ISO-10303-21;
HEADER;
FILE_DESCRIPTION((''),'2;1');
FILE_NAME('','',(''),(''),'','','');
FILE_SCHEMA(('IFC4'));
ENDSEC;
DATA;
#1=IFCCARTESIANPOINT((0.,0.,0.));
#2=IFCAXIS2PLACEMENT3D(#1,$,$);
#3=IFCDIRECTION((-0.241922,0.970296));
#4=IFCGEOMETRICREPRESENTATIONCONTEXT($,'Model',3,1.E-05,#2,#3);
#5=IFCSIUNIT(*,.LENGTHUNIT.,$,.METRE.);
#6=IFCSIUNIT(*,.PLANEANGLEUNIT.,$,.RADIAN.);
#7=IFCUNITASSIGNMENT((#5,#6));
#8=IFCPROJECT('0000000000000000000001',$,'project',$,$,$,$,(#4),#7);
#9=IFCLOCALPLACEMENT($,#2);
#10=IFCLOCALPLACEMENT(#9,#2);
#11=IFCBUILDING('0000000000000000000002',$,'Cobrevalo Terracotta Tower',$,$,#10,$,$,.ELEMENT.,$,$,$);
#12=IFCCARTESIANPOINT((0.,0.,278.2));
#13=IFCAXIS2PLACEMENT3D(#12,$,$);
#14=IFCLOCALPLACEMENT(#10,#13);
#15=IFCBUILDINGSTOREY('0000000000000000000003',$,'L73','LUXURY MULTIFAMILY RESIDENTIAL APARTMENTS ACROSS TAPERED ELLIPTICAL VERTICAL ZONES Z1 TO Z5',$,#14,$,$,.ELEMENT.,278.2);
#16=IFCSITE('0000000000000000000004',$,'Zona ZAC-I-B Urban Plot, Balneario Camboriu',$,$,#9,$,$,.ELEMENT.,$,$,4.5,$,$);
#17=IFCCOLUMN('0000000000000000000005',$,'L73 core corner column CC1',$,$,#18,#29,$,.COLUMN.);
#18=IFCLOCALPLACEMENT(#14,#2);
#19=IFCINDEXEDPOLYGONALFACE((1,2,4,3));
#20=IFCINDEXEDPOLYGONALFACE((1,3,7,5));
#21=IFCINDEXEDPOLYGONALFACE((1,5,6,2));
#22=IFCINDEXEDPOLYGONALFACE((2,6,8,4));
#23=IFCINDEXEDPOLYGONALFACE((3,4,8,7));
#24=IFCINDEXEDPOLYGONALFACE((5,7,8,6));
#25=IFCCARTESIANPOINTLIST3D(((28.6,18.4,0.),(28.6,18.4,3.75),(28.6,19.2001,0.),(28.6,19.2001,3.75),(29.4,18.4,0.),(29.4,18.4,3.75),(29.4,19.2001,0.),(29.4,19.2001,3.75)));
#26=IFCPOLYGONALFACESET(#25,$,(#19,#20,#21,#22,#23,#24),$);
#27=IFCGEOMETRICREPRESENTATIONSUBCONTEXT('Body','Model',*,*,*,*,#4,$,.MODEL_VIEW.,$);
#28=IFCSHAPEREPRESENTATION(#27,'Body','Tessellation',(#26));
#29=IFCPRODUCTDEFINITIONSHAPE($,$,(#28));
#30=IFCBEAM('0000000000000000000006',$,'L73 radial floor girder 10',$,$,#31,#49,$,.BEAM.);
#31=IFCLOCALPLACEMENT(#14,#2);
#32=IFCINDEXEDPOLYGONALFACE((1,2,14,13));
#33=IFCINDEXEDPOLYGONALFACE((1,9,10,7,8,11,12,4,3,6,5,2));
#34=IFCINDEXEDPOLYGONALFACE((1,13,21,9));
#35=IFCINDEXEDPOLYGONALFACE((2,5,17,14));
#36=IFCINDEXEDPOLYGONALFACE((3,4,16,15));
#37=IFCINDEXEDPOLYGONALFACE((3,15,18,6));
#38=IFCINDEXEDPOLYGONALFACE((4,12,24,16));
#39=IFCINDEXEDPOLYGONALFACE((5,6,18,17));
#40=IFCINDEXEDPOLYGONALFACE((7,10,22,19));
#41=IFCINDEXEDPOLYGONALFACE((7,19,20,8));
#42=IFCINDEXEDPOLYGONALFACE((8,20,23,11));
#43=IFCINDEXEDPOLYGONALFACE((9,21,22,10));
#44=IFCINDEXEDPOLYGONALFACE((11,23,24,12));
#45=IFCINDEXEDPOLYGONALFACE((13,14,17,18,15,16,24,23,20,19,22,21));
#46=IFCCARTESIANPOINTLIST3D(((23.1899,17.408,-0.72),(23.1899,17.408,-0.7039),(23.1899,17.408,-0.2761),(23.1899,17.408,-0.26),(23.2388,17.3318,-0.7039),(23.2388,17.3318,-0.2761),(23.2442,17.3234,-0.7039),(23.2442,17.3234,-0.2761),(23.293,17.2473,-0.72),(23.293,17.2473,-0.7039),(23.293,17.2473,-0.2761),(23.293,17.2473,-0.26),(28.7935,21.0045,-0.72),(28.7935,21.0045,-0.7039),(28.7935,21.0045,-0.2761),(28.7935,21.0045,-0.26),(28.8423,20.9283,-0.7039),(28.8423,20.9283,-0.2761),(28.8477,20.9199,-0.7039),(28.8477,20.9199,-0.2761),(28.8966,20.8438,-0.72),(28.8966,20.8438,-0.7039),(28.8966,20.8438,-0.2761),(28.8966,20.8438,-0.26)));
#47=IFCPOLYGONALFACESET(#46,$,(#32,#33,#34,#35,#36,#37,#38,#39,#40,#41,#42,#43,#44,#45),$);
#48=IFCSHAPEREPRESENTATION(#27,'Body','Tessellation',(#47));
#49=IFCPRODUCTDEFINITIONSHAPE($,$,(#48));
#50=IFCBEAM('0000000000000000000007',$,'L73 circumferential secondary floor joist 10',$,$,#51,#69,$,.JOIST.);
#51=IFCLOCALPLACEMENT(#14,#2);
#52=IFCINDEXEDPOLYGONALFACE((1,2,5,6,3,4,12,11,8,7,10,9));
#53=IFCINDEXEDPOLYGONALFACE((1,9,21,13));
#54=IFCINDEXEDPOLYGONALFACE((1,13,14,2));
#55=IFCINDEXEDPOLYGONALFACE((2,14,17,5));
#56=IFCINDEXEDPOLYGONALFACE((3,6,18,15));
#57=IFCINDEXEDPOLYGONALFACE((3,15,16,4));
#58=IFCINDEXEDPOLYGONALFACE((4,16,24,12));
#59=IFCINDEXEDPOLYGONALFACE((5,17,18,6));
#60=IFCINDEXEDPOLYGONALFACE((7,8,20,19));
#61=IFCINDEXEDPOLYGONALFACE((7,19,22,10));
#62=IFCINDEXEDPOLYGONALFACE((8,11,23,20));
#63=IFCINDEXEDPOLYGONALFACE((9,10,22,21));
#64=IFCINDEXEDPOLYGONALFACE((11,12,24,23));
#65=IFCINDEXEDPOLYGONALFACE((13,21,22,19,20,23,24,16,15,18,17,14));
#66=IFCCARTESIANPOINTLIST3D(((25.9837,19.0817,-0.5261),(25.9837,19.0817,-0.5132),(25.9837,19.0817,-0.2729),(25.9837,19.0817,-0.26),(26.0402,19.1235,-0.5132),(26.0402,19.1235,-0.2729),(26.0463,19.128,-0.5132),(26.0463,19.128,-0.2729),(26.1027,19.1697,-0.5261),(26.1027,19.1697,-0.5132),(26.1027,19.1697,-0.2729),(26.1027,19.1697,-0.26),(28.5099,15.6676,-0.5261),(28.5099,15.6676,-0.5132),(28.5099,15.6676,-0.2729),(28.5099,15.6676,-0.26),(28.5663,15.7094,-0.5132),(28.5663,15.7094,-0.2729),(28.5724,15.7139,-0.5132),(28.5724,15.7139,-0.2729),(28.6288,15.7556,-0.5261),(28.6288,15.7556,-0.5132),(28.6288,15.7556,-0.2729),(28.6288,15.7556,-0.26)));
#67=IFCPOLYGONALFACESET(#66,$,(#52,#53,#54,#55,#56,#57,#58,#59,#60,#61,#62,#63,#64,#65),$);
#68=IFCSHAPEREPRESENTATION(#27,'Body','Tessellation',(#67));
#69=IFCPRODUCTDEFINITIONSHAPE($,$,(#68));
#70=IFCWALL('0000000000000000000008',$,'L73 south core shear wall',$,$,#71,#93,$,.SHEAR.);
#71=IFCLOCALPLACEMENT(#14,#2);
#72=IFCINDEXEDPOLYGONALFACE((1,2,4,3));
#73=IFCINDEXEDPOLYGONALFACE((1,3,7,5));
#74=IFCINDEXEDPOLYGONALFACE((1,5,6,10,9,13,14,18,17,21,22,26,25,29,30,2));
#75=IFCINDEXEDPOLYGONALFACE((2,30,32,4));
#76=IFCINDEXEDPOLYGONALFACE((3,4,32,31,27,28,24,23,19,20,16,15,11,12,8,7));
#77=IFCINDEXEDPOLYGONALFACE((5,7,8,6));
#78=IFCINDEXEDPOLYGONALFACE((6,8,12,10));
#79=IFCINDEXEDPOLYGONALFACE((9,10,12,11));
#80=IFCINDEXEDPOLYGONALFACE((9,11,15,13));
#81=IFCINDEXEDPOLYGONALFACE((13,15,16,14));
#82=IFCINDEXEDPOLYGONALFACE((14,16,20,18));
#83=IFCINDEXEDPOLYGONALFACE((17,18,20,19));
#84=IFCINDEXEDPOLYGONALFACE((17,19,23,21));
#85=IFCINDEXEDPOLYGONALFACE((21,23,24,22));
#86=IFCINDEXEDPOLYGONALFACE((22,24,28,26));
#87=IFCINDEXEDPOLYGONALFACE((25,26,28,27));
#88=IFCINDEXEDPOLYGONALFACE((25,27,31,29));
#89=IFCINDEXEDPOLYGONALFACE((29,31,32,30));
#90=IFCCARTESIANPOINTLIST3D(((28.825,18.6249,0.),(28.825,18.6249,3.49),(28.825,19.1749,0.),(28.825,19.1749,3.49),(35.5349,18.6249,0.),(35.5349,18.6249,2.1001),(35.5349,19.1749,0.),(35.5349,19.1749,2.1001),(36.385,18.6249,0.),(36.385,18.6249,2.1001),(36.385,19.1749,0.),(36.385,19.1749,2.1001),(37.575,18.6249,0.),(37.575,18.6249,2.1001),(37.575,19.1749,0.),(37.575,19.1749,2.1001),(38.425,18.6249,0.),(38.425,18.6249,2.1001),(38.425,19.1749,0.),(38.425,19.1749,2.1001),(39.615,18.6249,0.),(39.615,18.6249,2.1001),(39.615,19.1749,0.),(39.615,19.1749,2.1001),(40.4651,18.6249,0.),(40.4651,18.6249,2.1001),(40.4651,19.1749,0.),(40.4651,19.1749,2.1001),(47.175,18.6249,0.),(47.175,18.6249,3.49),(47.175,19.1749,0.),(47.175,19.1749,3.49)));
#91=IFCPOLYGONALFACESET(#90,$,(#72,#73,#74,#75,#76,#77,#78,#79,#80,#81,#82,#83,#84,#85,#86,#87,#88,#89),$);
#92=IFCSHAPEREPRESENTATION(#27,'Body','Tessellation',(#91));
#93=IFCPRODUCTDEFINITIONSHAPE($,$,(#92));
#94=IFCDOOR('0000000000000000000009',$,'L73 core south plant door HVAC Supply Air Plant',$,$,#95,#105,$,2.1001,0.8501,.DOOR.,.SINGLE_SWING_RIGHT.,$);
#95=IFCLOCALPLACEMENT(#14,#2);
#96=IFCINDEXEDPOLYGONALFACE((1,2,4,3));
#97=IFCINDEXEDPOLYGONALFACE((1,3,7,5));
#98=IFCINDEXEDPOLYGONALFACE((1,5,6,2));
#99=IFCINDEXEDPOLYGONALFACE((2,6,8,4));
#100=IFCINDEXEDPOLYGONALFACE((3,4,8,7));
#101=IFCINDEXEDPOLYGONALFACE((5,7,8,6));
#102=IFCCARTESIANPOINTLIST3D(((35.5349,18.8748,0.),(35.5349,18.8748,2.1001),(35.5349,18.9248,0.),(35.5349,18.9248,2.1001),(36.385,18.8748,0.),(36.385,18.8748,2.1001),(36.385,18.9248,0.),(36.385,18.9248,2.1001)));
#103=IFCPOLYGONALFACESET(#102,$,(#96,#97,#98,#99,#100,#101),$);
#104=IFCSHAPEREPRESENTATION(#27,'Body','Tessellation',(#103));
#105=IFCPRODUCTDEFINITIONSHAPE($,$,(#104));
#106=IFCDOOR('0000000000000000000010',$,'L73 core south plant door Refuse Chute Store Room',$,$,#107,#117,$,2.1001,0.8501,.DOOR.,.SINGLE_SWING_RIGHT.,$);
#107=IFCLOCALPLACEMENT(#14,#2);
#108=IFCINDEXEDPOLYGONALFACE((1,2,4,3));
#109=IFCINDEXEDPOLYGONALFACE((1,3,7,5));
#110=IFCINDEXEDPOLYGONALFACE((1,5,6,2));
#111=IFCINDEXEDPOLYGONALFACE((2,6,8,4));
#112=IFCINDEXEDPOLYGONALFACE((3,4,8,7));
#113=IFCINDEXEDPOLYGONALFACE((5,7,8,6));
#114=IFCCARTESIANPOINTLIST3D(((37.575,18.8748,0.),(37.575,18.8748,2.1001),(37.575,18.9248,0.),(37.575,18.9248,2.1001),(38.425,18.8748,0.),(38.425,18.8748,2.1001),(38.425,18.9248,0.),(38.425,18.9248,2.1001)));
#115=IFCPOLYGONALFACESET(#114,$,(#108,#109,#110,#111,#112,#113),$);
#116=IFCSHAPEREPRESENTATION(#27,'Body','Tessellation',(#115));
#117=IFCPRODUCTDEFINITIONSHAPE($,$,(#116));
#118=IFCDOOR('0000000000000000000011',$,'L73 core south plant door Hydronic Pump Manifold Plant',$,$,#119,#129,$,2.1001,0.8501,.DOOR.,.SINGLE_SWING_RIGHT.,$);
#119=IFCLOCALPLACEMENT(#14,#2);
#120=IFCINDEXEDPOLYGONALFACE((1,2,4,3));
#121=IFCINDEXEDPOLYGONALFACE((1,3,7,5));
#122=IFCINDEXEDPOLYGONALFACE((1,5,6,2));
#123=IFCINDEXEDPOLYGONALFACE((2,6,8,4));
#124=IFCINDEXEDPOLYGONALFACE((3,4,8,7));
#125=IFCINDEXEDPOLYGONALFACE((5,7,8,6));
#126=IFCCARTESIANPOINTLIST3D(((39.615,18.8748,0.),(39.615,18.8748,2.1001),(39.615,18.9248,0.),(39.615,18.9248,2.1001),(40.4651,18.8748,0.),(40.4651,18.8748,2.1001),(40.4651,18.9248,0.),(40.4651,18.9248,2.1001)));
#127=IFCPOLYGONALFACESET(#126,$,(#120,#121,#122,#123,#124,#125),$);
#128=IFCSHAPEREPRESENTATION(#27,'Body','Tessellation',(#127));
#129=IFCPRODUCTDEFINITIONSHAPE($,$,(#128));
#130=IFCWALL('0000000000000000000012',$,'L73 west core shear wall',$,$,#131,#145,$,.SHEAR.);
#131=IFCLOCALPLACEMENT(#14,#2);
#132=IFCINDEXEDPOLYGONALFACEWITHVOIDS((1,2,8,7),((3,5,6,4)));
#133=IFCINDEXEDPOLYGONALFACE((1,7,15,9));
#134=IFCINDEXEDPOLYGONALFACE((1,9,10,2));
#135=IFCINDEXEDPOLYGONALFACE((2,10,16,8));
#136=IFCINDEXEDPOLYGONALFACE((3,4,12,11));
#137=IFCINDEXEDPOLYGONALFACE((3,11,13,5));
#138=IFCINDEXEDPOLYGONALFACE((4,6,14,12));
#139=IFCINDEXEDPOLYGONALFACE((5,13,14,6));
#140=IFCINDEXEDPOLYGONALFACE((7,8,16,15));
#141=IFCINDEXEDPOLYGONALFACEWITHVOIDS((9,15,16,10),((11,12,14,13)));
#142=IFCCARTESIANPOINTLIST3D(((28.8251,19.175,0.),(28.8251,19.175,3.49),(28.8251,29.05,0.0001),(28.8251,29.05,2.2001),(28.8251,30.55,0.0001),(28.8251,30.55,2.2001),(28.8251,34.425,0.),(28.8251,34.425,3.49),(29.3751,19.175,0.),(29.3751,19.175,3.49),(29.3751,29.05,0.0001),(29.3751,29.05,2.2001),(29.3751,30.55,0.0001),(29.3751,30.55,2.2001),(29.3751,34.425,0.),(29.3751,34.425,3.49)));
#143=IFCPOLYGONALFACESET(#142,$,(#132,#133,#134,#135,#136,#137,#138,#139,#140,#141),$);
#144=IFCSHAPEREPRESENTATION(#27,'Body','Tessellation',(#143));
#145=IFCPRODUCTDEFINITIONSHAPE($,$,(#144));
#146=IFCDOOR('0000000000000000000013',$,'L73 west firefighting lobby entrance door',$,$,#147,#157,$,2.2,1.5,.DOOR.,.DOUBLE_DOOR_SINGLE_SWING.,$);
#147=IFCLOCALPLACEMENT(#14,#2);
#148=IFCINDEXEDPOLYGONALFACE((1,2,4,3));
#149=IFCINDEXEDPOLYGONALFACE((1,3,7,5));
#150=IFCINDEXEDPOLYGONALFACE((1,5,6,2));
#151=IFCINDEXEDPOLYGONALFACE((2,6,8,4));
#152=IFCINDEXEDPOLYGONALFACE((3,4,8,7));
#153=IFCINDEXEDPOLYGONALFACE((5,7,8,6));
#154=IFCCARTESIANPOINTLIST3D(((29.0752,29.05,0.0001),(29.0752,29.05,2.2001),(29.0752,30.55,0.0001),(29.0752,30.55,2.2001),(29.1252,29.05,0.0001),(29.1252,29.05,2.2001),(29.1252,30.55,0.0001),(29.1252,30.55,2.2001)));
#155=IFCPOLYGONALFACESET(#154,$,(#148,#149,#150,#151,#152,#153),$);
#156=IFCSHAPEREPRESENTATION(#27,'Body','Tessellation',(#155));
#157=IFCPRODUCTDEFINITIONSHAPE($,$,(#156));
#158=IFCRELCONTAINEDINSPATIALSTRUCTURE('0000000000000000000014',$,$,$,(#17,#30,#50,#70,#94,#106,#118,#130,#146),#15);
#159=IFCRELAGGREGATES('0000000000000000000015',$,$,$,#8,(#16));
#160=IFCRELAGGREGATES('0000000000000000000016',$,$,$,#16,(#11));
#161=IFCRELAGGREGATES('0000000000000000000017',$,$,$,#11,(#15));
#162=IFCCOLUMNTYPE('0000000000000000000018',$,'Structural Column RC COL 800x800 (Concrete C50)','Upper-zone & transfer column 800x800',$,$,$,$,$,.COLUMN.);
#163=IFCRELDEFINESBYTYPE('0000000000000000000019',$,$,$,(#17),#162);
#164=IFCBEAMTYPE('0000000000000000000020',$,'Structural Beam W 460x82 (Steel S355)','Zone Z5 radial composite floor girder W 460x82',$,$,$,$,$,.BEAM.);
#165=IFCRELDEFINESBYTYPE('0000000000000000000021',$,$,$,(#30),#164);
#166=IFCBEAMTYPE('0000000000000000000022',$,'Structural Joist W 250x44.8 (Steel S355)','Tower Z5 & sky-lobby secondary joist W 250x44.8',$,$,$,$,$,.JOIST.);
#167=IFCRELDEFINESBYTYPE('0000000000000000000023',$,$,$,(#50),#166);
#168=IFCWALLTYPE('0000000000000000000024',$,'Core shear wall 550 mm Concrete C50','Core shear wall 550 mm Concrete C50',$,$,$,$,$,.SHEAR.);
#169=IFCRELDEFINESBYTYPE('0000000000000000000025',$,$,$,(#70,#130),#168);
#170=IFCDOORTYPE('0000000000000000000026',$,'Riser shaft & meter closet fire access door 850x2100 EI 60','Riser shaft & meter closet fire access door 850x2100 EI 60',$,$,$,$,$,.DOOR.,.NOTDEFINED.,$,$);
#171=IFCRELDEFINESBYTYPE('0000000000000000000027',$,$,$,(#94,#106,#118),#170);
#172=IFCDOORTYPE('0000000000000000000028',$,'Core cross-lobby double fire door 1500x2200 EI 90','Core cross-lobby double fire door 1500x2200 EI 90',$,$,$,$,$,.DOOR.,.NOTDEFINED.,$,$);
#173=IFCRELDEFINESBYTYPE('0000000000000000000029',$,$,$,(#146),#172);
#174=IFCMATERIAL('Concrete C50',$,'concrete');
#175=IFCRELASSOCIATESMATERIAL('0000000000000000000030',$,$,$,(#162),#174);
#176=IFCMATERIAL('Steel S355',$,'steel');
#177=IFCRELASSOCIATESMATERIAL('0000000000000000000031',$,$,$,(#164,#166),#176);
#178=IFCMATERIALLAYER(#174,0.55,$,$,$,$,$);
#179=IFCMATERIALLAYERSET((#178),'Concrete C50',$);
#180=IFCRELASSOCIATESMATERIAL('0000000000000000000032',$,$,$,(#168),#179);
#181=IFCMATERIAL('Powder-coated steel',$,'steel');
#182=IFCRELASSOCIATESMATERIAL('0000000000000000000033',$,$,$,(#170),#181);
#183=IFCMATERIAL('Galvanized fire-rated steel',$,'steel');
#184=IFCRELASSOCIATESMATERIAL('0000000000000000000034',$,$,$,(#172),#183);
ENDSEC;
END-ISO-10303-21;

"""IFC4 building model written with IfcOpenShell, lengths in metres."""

from ifc_helpers import new_model, si_unit, direction, frame, frame_2d, origin, origin_2d, place, context, subcontext, project, spatial, rectangle, i_section, extrude, source, transform, mapped, material, layer, layer_set, material_profile, profile_set, type_object, element, fill, save


model = new_model("IFC4")

# Units and contexts
model_context = context("Model", 3, precision=1e-05, world=origin(), true_north=direction((-0.241922, 0.970296)))
body_context = subcontext(model_context, "Body", "Model", "MODEL_VIEW")
ifc_project = project(units=[si_unit("LENGTHUNIT", "METRE"), si_unit("PLANEANGLEUNIT", "RADIAN")], contexts=[model_context])

# Site, building, storey
site_placement = place(None, origin())
site = spatial("IfcSite", under=ifc_project, at=site_placement, Name="Zona ZAC-I-B Urban Plot, Balneario Camboriu", CompositionType="ELEMENT", RefElevation=4.5)
building_placement = place(site_placement, origin())
building = spatial("IfcBuilding", under=site, at=building_placement, Name="Cobrevalo Terracotta Tower", CompositionType="ELEMENT")
storey_placement = place(building_placement, frame((0.0, 0.0, 278.2)))
storey = spatial("IfcBuildingStorey", under=building, at=storey_placement, Name="L73", Description="LUXURY MULTIFAMILY RESIDENTIAL APARTMENTS ACROSS TAPERED ELLIPTICAL VERTICAL ZONES Z1 TO Z5", CompositionType="ELEMENT", Elevation=278.2)

# Column
ifc_material_1 = material(Name="Concrete C50", Category="concrete")
ifc_material_profile_1 = material_profile(ifc_material_1, rectangle(XDim=0.8, YDim=0.8, at=origin_2d()), Name="RC COL 800x800")
ifc_profile_set_1 = profile_set([ifc_material_profile_1], Name="Concrete C50")
column_type = type_object("IfcColumnType", Name="Structural Column RC COL 800x800 (Concrete C50)", Description="Upper-zone & transfer column 800x800", PredefinedType="COLUMN", material=ifc_profile_set_1)
column_placement = place(storey_placement, frame((29.0, 18.8, 0.0), z_axis=(0.0, 0.0, 1.0), x_axis=(1.0, 0.0, 0.0)))
element("IfcColumn", 1, at=column_placement, inside=storey, type_object=column_type, Name="L73 core corner column CC1", PredefinedType="COLUMN", context=body_context, shape_type="SweptSolid", body=[
    extrude(rectangle(XDim=0.8, YDim=0.8, at=origin_2d()), origin(), (0.0, 0.0, 1.0), 3.75),
])

# Beams
ifc_material_2 = material(Name="Steel S355", Category="steel")
ifc_material_profile_2 = material_profile(ifc_material_2, i_section(OverallWidth=0.1909, OverallDepth=0.46, WebThickness=0.01, FlangeThickness=0.0161, at=origin_2d()), Name="W 460x82")
ifc_profile_set_2 = profile_set([ifc_material_profile_2], Name="Steel S355")
beam_type_1 = type_object("IfcBeamType", Name="Structural Beam W 460x82 (Steel S355)", Description="Zone Z5 radial composite floor girder W 460x82", PredefinedType="BEAM", material=ifc_profile_set_2)
beam_1_placement = place(storey_placement, frame((23.2415, 17.3276, -0.49), z_axis=(0.841576, 0.540138, 0.0), x_axis=(-0.540138, 0.841576, 0.0)))
element("IfcBeam", 2, at=beam_1_placement, inside=storey, type_object=beam_type_1, Name="L73 radial floor girder 10", PredefinedType="BEAM", context=body_context, shape_type="SweptSolid", body=[
    extrude(i_section(OverallWidth=0.1909, OverallDepth=0.46, WebThickness=0.01, FlangeThickness=0.0161, at=origin_2d()), origin(), (0.0, 0.0, 1.0), 6.6584),
])
ifc_material_profile_3 = material_profile(ifc_material_2, i_section(OverallWidth=0.1479, OverallDepth=0.2661, WebThickness=0.0076, FlangeThickness=0.0129, at=origin_2d()), Name="W 250x44.8")
ifc_profile_set_3 = profile_set([ifc_material_profile_3], Name="Steel S355")
beam_type_2 = type_object("IfcBeamType", Name="Structural Joist W 250x44.8 (Steel S355)", Description="Tower Z5 & sky-lobby secondary joist W 250x44.8", PredefinedType="JOIST", material=ifc_profile_set_3)
beam_2_placement = place(storey_placement, frame((26.0432, 19.1257, -0.3931), z_axis=(0.5948, -0.803874, 0.0), x_axis=(0.803874, 0.5948, 0.0)))
element("IfcBeam", 3, at=beam_2_placement, inside=storey, type_object=beam_type_2, Name="L73 circumferential secondary floor joist 10", PredefinedType="JOIST", context=body_context, shape_type="SweptSolid", body=[
    extrude(i_section(OverallWidth=0.1479, OverallDepth=0.2661, WebThickness=0.0076, FlangeThickness=0.0129, at=origin_2d()), origin(), (0.0, 0.0, 1.0), 4.2471),
])

# Wall, openings, doors
ifc_layer_1 = layer(ifc_material_1, 0.55)
ifc_layer_set_1 = layer_set([ifc_layer_1], Name="Concrete C50")
wall_type_1 = type_object("IfcWallType", Name="Core shear wall 550 mm Concrete C50", Description="Core shear wall 550 mm Concrete C50", PredefinedType="SHEAR", material=ifc_layer_set_1)
wall_1_placement = place(storey_placement, frame((28.825, 18.8999, 0.0), z_axis=(0.0, 0.0, 1.0), x_axis=(1.0, 0.0, 0.0)))
wall_1 = element("IfcWall", 4, at=wall_1_placement, inside=storey, type_object=wall_type_1, Name="L73 south core shear wall", PredefinedType="SHEAR", context=body_context, shape_type="SweptSolid", body=[
    extrude(rectangle(XDim=18.3501, YDim=0.55, at=frame_2d((9.175, 0.0))), origin(), (0.0, 0.0, 1.0), 3.49),
])
opening_1_placement = place(wall_1_placement, frame((6.71, 0.0, 0.0)))
opening_1 = element("IfcOpeningElement", 5, at=opening_1_placement, cuts=wall_1, PredefinedType="OPENING", context=body_context, shape_type="SweptSolid", body=[
    extrude(rectangle(XDim=0.8501, YDim=2.1001, at=frame_2d((0.425, 1.05))), frame((0.0, 0.2852, 0.0), z_axis=(0.0, -1.0, 0.0), x_axis=(1.0, 0.0, 0.0)), (0.0, 0.0, 1.0), 0.5701),
])
opening_2_placement = place(wall_1_placement, frame((8.75, 0.0, 0.0)))
opening_2 = element("IfcOpeningElement", 6, at=opening_2_placement, cuts=wall_1, PredefinedType="OPENING", context=body_context, shape_type="SweptSolid", body=[
    extrude(rectangle(XDim=0.8501, YDim=2.1001, at=frame_2d((0.425, 1.05))), frame((0.0, 0.2852, 0.0), z_axis=(0.0, -1.0, 0.0), x_axis=(1.0, 0.0, 0.0)), (0.0, 0.0, 1.0), 0.5701),
])
opening_3_placement = place(wall_1_placement, frame((10.79, 0.0, 0.0)))
opening_3 = element("IfcOpeningElement", 7, at=opening_3_placement, cuts=wall_1, PredefinedType="OPENING", context=body_context, shape_type="SweptSolid", body=[
    extrude(rectangle(XDim=0.8501, YDim=2.1001, at=frame_2d((0.425, 1.05))), frame((0.0, 0.2852, 0.0), z_axis=(0.0, -1.0, 0.0), x_axis=(1.0, 0.0, 0.0)), (0.0, 0.0, 1.0), 0.5701),
])
ifc_material_3 = material(Name="Powder-coated steel", Category="steel")
door_type_1 = type_object("IfcDoorType", Name="Riser shaft & meter closet fire access door 850x2100 EI 60", Description="Riser shaft & meter closet fire access door 850x2100 EI 60", OperationType="NOTDEFINED", PredefinedType="DOOR", material=ifc_material_3)
shared_shape_1 = source(origin(), body_context, "Body", "SweptSolid", [
    extrude(rectangle(XDim=0.8501, YDim=2.1001, at=frame_2d((0.425, 1.05))), frame((0.0, 0.0249, 0.0), z_axis=(0.0, -1.0, 0.0), x_axis=(1.0, 0.0, 0.0)), (0.0, 0.0, 1.0), 0.05),
])
door_1_placement = place(opening_1_placement, origin())
door_1 = element("IfcDoor", 8, at=door_1_placement, inside=storey, type_object=door_type_1, Name="L73 core south plant door HVAC Supply Air Plant", OperationType="SINGLE_SWING_RIGHT", OverallHeight=2.1001, OverallWidth=0.8501, PredefinedType="DOOR", context=body_context, shape_type="MappedRepresentation", body=[
    mapped(shared_shape_1, transform((0.0, 0.0, 0.0), scale=1.0)),
])
fill(opening_1, door_1)
door_2_placement = place(opening_2_placement, origin())
door_2 = element("IfcDoor", 9, at=door_2_placement, inside=storey, type_object=door_type_1, Name="L73 core south plant door Refuse Chute Store Room", OperationType="SINGLE_SWING_RIGHT", OverallHeight=2.1001, OverallWidth=0.8501, PredefinedType="DOOR", context=body_context, shape_type="MappedRepresentation", body=[
    mapped(shared_shape_1, transform((0.0, 0.0, 0.0), scale=1.0)),
])
fill(opening_2, door_2)
door_3_placement = place(opening_3_placement, origin())
door_3 = element("IfcDoor", 10, at=door_3_placement, inside=storey, type_object=door_type_1, Name="L73 core south plant door Hydronic Pump Manifold Plant", OperationType="SINGLE_SWING_RIGHT", OverallHeight=2.1001, OverallWidth=0.8501, PredefinedType="DOOR", context=body_context, shape_type="MappedRepresentation", body=[
    mapped(shared_shape_1, transform((0.0, 0.0, 0.0), scale=1.0)),
])
fill(opening_3, door_3)

# Wall, opening, door
wall_2_placement = place(storey_placement, frame((29.1001, 19.175, 0.0), z_axis=(0.0, 0.0, 1.0), x_axis=(0.0, 1.0, 0.0)))
wall_2 = element("IfcWall", 11, at=wall_2_placement, inside=storey, type_object=wall_type_1, Name="L73 west core shear wall", PredefinedType="SHEAR", context=body_context, shape_type="SweptSolid", body=[
    extrude(rectangle(XDim=15.25, YDim=0.55, at=frame_2d((7.625, 0.0))), origin(), (0.0, 0.0, 1.0), 3.49),
])
opening_4_placement = place(wall_2_placement, frame((9.875, 0.0, 0.0)))
opening_4 = element("IfcOpeningElement", 12, at=opening_4_placement, cuts=wall_2, PredefinedType="OPENING", context=body_context, shape_type="SweptSolid", body=[
    extrude(rectangle(XDim=1.5, YDim=2.2, at=frame_2d((0.75, 1.1001))), frame((0.0, 0.2852, 0.0), z_axis=(0.0, -1.0, 0.0), x_axis=(1.0, 0.0, 0.0)), (0.0, 0.0, 1.0), 0.5701),
])
ifc_material_4 = material(Name="Galvanized fire-rated steel", Category="steel")
door_type_2 = type_object("IfcDoorType", Name="Core cross-lobby double fire door 1500x2200 EI 90", Description="Core cross-lobby double fire door 1500x2200 EI 90", OperationType="NOTDEFINED", PredefinedType="DOOR", material=ifc_material_4)
shared_shape_2 = source(origin(), body_context, "Body", "SweptSolid", [
    extrude(rectangle(XDim=1.5, YDim=2.2, at=frame_2d((0.75, 1.1001))), frame((0.0, 0.0249, 0.0), z_axis=(0.0, -1.0, 0.0), x_axis=(1.0, 0.0, 0.0)), (0.0, 0.0, 1.0), 0.05),
])
door_4_placement = place(opening_4_placement, origin())
door_4 = element("IfcDoor", 13, at=door_4_placement, inside=storey, type_object=door_type_2, Name="L73 west firefighting lobby entrance door", OperationType="DOUBLE_DOOR_SINGLE_SWING", OverallHeight=2.2, OverallWidth=1.5, PredefinedType="DOOR", context=body_context, shape_type="MappedRepresentation", body=[
    mapped(shared_shape_2, transform((0.0, 0.0, 0.0), scale=1.0)),
])
fill(opening_4, door_4)

save(model, "model.ifc")
